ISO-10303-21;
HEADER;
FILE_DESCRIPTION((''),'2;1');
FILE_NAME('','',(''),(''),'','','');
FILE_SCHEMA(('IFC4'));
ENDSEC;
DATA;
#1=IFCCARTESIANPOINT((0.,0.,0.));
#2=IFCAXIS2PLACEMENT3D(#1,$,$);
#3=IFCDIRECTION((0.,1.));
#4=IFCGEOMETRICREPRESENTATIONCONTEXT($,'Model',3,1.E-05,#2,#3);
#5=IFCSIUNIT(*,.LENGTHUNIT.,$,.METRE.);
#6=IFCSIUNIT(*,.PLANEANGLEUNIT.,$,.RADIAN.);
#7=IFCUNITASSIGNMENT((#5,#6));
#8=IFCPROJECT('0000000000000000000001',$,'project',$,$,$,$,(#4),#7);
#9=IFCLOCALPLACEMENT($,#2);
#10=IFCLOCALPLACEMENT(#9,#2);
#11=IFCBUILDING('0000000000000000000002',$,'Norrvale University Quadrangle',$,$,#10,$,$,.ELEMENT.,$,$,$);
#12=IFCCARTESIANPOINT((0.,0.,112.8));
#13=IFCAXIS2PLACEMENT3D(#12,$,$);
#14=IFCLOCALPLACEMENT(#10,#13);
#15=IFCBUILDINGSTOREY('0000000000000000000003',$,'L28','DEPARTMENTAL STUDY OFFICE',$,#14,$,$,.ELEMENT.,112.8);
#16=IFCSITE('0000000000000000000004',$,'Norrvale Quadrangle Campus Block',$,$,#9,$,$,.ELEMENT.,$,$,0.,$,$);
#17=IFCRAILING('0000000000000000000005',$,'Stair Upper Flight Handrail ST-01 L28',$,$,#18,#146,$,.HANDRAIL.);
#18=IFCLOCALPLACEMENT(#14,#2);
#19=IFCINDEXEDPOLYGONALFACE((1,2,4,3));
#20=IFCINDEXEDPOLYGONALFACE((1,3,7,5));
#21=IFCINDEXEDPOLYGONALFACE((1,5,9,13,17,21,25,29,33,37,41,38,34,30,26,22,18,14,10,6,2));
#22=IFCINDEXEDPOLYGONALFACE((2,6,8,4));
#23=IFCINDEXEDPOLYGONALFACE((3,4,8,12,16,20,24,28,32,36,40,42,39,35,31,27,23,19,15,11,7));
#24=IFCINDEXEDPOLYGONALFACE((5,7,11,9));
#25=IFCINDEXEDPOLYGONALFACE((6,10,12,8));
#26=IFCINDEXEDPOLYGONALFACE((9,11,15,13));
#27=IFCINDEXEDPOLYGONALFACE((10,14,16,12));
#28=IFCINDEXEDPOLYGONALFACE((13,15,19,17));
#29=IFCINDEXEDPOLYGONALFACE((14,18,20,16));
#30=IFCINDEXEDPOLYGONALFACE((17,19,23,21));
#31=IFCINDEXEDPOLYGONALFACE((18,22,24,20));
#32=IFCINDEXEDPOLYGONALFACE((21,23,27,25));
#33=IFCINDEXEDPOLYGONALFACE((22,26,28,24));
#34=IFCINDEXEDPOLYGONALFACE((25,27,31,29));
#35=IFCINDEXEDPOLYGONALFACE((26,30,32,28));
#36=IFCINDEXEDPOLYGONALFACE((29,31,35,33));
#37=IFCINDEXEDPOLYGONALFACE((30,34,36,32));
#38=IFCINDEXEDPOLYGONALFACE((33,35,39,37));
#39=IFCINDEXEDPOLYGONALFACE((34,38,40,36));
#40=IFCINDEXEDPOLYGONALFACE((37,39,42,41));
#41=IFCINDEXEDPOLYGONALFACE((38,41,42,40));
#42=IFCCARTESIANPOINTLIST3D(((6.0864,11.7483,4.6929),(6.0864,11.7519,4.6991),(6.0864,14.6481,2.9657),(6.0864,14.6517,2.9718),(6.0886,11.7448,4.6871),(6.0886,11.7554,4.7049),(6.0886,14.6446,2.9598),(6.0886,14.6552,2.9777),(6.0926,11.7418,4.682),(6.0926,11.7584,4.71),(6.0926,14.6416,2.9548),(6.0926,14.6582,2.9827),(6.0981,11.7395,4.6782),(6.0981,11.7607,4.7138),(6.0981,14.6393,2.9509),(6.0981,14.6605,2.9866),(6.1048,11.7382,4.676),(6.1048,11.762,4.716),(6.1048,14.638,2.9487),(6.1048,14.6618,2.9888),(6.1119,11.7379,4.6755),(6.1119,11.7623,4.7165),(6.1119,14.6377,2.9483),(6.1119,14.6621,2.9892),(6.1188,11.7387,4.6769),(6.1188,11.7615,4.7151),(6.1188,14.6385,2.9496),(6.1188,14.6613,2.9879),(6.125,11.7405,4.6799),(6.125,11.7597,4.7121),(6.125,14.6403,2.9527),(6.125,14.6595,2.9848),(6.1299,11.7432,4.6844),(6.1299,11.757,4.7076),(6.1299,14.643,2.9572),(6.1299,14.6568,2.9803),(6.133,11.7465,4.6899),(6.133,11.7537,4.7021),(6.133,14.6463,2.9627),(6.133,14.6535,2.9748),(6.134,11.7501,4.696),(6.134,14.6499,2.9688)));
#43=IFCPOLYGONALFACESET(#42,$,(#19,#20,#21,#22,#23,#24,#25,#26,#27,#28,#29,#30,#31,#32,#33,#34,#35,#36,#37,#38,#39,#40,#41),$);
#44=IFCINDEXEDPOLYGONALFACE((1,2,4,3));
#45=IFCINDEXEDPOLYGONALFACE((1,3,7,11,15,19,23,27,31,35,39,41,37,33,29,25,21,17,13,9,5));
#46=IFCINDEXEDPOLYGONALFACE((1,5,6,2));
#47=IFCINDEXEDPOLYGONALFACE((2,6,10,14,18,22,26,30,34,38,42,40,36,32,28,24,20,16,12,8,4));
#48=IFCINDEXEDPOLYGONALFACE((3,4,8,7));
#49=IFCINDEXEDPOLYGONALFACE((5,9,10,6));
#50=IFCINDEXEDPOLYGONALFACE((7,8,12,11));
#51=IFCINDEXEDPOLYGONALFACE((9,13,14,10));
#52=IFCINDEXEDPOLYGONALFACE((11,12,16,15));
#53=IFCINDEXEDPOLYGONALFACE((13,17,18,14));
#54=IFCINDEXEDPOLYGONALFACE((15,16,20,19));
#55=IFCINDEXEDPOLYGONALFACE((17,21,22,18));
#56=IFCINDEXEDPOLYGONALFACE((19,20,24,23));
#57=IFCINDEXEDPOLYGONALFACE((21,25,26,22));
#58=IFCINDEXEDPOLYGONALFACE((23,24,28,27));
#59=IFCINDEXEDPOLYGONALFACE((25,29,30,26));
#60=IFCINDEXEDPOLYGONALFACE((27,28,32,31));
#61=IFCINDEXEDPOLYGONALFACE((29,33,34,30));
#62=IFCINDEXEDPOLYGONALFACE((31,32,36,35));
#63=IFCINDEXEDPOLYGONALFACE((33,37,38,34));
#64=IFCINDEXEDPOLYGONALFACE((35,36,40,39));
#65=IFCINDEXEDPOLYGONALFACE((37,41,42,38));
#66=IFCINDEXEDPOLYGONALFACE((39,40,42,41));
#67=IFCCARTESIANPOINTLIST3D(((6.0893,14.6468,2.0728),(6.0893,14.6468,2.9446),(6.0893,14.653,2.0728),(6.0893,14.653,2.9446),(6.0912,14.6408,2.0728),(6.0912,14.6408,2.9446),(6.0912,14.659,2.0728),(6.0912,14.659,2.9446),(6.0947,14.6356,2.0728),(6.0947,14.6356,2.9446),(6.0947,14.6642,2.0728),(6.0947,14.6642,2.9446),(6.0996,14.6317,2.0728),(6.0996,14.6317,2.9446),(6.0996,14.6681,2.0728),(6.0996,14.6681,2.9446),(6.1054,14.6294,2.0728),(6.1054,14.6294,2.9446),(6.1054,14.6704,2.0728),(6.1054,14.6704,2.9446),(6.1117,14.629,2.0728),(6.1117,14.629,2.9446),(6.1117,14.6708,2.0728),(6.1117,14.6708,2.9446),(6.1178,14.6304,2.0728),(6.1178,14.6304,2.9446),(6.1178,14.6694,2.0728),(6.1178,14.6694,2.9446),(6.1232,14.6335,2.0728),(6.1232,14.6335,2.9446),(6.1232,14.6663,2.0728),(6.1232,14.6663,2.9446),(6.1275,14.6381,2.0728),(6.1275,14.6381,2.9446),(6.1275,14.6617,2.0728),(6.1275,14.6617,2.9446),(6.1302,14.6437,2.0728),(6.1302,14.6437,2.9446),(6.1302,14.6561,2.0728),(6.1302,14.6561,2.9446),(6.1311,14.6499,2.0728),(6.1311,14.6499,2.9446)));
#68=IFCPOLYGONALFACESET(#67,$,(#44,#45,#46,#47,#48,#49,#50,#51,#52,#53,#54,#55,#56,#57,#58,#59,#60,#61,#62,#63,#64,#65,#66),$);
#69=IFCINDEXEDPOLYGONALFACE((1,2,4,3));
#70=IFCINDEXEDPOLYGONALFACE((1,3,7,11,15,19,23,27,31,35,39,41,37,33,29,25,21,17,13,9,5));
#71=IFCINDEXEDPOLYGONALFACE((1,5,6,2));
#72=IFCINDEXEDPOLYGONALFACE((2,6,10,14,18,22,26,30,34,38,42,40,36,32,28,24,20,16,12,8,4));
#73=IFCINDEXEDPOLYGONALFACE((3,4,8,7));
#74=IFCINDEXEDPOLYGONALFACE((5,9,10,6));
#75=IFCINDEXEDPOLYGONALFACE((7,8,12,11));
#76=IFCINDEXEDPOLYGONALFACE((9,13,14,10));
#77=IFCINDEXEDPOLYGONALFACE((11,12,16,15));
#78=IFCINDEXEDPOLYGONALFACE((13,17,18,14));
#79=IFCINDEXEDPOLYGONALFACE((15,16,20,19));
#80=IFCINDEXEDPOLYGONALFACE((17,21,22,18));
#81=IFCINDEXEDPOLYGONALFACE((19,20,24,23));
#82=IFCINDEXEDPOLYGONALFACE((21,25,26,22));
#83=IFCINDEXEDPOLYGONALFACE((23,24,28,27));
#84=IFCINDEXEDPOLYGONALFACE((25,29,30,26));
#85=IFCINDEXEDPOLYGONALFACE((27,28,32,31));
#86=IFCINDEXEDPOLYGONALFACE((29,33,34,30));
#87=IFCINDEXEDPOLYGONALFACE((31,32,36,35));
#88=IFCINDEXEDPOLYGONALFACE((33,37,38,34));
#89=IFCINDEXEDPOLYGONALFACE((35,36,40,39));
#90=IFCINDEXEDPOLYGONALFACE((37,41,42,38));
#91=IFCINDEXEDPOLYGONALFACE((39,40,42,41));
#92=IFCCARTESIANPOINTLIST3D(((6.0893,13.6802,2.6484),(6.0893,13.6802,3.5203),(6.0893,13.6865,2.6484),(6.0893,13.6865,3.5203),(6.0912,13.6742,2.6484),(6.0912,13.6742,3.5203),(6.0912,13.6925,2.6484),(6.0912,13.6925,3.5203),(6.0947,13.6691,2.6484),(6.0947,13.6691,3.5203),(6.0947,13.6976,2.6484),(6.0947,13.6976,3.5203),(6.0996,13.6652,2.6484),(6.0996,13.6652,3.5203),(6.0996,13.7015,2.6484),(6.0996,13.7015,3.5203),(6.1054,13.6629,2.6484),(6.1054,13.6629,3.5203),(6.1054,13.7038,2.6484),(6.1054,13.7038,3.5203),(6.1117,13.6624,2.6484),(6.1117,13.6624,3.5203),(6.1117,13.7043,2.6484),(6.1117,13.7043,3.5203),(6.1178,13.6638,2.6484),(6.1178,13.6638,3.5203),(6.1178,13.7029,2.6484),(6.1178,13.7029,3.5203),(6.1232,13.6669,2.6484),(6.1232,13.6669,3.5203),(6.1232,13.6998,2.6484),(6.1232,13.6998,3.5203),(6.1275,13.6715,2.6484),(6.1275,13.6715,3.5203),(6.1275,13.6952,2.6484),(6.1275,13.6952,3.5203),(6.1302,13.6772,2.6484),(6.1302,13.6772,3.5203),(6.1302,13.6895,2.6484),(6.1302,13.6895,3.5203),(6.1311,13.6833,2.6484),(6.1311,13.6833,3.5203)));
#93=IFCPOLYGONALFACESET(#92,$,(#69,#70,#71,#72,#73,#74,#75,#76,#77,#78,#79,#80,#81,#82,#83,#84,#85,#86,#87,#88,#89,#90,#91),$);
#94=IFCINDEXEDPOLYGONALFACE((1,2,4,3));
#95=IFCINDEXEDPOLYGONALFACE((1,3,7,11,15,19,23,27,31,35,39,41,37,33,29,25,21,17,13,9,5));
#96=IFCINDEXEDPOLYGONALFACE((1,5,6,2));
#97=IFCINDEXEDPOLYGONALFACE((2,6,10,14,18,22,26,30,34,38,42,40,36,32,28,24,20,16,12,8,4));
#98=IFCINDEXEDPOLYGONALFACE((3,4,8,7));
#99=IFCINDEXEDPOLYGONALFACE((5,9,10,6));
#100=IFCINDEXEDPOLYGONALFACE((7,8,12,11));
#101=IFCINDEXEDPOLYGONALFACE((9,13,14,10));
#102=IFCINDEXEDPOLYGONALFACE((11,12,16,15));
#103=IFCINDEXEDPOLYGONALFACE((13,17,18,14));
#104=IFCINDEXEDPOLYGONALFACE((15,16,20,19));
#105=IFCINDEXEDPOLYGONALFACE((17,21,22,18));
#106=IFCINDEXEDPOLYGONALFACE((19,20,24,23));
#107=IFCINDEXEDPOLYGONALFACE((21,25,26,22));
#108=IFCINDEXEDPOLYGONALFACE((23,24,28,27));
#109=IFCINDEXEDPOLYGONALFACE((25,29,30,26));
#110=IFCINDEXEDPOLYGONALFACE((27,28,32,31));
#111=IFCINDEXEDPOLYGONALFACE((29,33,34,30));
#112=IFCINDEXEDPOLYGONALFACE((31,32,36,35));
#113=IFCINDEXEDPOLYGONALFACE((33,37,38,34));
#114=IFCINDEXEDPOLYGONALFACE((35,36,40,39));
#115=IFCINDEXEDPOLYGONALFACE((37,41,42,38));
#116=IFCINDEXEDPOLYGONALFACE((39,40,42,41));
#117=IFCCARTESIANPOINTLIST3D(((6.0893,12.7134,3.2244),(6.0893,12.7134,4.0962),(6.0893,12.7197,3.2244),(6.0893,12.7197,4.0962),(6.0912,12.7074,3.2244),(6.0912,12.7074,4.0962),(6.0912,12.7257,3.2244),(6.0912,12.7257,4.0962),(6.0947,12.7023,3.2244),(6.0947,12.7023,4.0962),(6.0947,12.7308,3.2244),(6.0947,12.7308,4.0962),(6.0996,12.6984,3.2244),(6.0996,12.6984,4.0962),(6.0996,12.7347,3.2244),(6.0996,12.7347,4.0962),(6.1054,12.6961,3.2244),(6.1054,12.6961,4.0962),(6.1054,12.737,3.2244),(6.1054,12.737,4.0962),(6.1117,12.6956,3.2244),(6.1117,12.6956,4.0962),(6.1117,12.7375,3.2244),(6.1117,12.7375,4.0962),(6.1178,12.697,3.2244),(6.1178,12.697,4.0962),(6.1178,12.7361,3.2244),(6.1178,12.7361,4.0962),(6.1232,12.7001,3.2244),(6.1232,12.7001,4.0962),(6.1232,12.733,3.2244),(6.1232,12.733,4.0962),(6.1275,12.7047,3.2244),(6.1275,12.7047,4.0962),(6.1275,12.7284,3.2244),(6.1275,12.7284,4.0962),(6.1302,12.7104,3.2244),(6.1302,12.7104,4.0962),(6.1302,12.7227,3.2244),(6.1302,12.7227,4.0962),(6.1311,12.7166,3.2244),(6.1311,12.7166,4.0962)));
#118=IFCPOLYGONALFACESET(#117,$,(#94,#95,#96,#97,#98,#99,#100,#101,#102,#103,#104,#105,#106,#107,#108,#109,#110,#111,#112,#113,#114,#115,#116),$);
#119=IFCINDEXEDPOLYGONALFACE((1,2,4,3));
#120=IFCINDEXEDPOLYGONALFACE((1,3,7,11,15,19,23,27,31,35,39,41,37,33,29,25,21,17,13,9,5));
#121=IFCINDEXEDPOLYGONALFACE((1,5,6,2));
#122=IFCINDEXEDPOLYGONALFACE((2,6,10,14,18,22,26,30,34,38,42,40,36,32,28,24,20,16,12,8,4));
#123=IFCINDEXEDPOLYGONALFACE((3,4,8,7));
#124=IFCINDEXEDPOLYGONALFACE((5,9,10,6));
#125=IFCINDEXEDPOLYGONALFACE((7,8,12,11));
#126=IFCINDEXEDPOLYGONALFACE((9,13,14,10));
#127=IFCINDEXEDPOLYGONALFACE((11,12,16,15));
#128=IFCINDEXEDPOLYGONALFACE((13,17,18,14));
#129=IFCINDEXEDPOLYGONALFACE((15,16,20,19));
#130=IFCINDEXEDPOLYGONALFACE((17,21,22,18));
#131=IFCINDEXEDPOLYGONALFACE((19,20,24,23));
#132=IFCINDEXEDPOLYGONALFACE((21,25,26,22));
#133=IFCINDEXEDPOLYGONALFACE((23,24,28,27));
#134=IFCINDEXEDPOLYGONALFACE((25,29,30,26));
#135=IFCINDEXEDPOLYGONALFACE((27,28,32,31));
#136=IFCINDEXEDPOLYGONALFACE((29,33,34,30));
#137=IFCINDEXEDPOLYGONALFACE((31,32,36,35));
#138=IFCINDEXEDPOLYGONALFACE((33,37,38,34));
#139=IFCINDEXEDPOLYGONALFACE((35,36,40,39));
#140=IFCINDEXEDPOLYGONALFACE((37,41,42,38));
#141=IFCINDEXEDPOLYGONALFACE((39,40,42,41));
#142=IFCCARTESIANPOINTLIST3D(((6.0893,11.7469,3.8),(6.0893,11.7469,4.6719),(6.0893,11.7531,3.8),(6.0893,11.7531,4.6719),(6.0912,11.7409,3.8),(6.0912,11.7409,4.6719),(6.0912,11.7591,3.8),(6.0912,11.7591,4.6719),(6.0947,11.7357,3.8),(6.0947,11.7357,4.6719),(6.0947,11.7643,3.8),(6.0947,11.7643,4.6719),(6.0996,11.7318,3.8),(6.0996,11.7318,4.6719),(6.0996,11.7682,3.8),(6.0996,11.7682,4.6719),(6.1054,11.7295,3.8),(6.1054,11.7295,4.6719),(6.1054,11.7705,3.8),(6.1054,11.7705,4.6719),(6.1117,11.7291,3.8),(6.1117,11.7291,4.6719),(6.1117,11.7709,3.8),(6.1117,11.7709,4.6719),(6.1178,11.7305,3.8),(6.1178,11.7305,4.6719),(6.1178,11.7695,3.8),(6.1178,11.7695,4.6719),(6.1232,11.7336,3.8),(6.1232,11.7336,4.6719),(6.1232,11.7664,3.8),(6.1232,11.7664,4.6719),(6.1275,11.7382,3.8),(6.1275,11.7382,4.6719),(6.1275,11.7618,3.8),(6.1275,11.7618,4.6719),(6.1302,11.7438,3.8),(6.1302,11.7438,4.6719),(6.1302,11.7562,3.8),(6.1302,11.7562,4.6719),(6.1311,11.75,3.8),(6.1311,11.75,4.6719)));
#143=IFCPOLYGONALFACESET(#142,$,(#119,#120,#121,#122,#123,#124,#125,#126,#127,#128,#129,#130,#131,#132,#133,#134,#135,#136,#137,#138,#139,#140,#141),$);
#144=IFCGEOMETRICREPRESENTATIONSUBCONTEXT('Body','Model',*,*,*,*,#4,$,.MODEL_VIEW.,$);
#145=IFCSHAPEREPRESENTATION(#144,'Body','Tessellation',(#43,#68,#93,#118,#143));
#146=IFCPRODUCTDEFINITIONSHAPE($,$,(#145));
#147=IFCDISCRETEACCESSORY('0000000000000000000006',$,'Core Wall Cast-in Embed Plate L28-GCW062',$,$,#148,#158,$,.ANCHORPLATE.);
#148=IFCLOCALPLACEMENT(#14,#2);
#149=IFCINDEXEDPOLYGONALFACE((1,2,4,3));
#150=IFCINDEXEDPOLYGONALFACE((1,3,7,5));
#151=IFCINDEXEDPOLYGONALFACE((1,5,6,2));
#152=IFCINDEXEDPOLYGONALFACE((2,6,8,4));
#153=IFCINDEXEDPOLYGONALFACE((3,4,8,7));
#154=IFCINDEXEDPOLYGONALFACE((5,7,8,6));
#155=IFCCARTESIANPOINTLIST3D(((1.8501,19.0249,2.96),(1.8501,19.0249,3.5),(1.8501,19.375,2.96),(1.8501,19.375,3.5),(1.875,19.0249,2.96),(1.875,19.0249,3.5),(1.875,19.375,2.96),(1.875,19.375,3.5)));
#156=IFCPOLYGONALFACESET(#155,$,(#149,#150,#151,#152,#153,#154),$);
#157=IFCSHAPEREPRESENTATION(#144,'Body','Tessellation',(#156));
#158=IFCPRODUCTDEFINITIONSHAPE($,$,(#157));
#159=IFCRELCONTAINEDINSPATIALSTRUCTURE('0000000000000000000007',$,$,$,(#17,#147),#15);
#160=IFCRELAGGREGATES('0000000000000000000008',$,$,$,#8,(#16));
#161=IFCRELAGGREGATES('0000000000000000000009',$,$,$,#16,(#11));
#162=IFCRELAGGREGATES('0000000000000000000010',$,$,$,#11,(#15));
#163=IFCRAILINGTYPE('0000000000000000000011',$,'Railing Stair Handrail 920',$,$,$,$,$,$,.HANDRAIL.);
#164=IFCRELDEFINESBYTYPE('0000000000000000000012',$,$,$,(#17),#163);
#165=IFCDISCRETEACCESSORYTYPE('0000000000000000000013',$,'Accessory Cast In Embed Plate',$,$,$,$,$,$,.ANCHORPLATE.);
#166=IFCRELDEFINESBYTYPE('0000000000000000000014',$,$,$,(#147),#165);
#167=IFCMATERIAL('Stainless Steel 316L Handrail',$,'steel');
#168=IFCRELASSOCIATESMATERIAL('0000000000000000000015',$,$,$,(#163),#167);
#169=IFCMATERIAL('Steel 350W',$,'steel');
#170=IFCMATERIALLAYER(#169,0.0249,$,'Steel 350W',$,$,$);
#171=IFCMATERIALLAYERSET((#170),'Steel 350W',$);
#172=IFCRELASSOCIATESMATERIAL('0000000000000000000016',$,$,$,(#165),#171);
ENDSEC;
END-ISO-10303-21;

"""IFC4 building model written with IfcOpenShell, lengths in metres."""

from ifc_helpers import new_model, si_unit, direction, frame, origin, origin_2d, place, context, subcontext, project, spatial, rectangle, circle, extrude, material, layer, layer_set, type_object, element, save


model = new_model("IFC4")

# Units and contexts
model_context = context("Model", 3, precision=1e-05, world=origin(), true_north=direction((0.0, 1.0)))
body_context = subcontext(model_context, "Body", "Model", "MODEL_VIEW")
ifc_project = project(units=[si_unit("LENGTHUNIT", "METRE"), si_unit("PLANEANGLEUNIT", "RADIAN")], contexts=[model_context])

# Site, building, storey
site_placement = place(None, origin())
site = spatial("IfcSite", under=ifc_project, at=site_placement, Name="Norrvale Quadrangle Campus Block", CompositionType="ELEMENT", RefElevation=0.0)
building_placement = place(site_placement, origin())
building = spatial("IfcBuilding", under=site, at=building_placement, Name="Norrvale University Quadrangle", CompositionType="ELEMENT")
storey_placement = place(building_placement, frame((0.0, 0.0, 112.8)))
storey = spatial("IfcBuildingStorey", under=building, at=storey_placement, Name="L28", Description="DEPARTMENTAL STUDY OFFICE", CompositionType="ELEMENT", Elevation=112.8)

# Shared definitions
ifc_material_1 = material(Name="Steel 350W", Category="steel")

# Railing
ifc_material_2 = material(Name="Stainless Steel 316L Handrail", Category="steel")
railing_type_1 = type_object("IfcRailingType", Name="Railing Stair Handrail 920", PredefinedType="HANDRAIL", material=ifc_material_2)
railing_1_placement = place(storey_placement, frame((6.1101, 14.6499, 2.0728)))
element("IfcRailing", 1, at=railing_1_placement, inside=storey, type_object=railing_type_1, Name="Stair Upper Flight Handrail ST-01 L28", PredefinedType="HANDRAIL", context=body_context, shape_type="SweptSolid", body=[
    extrude(circle(Radius=0.0239, at=origin_2d()), frame((0.0, 0.0, 0.896), z_axis=(0.0, -0.859141, 0.511738), x_axis=(1.0, 0.0, 0.0)), (0.0, 0.0, 1.0), 3.3752),
    extrude(circle(Radius=0.021, at=origin_2d()), origin(), (0.0, 0.0, 1.0), 0.8718),
    extrude(circle(Radius=0.021, at=origin_2d()), frame((0.0, -0.9666, 0.5757)), (0.0, 0.0, 1.0), 0.8718),
    extrude(circle(Radius=0.021, at=origin_2d()), frame((0.0, -1.9333, 1.1516)), (0.0, 0.0, 1.0), 0.8718),
    extrude(circle(Radius=0.021, at=origin_2d()), frame((0.0, -2.8999, 1.7273)), (0.0, 0.0, 1.0), 0.8718),
])

# Discrete accessory
ifc_layer_1 = layer(ifc_material_1, 0.0249, Name="Steel 350W")
ifc_layer_set_1 = layer_set([ifc_layer_1], Name="Steel 350W")
discrete_accessory_type = type_object("IfcDiscreteAccessoryType", Name="Accessory Cast In Embed Plate", PredefinedType="ANCHORPLATE", material=ifc_layer_set_1)
discrete_accessory_placement = place(storey_placement, frame((1.8625, 19.2, 2.96), z_axis=(0.0, 0.0, 1.0), x_axis=(1.0, 0.0, 0.0)))
element("IfcDiscreteAccessory", 2, at=discrete_accessory_placement, inside=storey, type_object=discrete_accessory_type, Name="Core Wall Cast-in Embed Plate L28-GCW062", PredefinedType="ANCHORPLATE", context=body_context, shape_type="SweptSolid", body=[
    extrude(rectangle(XDim=0.0249, YDim=0.3501, at=origin_2d()), origin(), (0.0, 0.0, 1.0), 0.54),
])

save(model, "model.ifc")
